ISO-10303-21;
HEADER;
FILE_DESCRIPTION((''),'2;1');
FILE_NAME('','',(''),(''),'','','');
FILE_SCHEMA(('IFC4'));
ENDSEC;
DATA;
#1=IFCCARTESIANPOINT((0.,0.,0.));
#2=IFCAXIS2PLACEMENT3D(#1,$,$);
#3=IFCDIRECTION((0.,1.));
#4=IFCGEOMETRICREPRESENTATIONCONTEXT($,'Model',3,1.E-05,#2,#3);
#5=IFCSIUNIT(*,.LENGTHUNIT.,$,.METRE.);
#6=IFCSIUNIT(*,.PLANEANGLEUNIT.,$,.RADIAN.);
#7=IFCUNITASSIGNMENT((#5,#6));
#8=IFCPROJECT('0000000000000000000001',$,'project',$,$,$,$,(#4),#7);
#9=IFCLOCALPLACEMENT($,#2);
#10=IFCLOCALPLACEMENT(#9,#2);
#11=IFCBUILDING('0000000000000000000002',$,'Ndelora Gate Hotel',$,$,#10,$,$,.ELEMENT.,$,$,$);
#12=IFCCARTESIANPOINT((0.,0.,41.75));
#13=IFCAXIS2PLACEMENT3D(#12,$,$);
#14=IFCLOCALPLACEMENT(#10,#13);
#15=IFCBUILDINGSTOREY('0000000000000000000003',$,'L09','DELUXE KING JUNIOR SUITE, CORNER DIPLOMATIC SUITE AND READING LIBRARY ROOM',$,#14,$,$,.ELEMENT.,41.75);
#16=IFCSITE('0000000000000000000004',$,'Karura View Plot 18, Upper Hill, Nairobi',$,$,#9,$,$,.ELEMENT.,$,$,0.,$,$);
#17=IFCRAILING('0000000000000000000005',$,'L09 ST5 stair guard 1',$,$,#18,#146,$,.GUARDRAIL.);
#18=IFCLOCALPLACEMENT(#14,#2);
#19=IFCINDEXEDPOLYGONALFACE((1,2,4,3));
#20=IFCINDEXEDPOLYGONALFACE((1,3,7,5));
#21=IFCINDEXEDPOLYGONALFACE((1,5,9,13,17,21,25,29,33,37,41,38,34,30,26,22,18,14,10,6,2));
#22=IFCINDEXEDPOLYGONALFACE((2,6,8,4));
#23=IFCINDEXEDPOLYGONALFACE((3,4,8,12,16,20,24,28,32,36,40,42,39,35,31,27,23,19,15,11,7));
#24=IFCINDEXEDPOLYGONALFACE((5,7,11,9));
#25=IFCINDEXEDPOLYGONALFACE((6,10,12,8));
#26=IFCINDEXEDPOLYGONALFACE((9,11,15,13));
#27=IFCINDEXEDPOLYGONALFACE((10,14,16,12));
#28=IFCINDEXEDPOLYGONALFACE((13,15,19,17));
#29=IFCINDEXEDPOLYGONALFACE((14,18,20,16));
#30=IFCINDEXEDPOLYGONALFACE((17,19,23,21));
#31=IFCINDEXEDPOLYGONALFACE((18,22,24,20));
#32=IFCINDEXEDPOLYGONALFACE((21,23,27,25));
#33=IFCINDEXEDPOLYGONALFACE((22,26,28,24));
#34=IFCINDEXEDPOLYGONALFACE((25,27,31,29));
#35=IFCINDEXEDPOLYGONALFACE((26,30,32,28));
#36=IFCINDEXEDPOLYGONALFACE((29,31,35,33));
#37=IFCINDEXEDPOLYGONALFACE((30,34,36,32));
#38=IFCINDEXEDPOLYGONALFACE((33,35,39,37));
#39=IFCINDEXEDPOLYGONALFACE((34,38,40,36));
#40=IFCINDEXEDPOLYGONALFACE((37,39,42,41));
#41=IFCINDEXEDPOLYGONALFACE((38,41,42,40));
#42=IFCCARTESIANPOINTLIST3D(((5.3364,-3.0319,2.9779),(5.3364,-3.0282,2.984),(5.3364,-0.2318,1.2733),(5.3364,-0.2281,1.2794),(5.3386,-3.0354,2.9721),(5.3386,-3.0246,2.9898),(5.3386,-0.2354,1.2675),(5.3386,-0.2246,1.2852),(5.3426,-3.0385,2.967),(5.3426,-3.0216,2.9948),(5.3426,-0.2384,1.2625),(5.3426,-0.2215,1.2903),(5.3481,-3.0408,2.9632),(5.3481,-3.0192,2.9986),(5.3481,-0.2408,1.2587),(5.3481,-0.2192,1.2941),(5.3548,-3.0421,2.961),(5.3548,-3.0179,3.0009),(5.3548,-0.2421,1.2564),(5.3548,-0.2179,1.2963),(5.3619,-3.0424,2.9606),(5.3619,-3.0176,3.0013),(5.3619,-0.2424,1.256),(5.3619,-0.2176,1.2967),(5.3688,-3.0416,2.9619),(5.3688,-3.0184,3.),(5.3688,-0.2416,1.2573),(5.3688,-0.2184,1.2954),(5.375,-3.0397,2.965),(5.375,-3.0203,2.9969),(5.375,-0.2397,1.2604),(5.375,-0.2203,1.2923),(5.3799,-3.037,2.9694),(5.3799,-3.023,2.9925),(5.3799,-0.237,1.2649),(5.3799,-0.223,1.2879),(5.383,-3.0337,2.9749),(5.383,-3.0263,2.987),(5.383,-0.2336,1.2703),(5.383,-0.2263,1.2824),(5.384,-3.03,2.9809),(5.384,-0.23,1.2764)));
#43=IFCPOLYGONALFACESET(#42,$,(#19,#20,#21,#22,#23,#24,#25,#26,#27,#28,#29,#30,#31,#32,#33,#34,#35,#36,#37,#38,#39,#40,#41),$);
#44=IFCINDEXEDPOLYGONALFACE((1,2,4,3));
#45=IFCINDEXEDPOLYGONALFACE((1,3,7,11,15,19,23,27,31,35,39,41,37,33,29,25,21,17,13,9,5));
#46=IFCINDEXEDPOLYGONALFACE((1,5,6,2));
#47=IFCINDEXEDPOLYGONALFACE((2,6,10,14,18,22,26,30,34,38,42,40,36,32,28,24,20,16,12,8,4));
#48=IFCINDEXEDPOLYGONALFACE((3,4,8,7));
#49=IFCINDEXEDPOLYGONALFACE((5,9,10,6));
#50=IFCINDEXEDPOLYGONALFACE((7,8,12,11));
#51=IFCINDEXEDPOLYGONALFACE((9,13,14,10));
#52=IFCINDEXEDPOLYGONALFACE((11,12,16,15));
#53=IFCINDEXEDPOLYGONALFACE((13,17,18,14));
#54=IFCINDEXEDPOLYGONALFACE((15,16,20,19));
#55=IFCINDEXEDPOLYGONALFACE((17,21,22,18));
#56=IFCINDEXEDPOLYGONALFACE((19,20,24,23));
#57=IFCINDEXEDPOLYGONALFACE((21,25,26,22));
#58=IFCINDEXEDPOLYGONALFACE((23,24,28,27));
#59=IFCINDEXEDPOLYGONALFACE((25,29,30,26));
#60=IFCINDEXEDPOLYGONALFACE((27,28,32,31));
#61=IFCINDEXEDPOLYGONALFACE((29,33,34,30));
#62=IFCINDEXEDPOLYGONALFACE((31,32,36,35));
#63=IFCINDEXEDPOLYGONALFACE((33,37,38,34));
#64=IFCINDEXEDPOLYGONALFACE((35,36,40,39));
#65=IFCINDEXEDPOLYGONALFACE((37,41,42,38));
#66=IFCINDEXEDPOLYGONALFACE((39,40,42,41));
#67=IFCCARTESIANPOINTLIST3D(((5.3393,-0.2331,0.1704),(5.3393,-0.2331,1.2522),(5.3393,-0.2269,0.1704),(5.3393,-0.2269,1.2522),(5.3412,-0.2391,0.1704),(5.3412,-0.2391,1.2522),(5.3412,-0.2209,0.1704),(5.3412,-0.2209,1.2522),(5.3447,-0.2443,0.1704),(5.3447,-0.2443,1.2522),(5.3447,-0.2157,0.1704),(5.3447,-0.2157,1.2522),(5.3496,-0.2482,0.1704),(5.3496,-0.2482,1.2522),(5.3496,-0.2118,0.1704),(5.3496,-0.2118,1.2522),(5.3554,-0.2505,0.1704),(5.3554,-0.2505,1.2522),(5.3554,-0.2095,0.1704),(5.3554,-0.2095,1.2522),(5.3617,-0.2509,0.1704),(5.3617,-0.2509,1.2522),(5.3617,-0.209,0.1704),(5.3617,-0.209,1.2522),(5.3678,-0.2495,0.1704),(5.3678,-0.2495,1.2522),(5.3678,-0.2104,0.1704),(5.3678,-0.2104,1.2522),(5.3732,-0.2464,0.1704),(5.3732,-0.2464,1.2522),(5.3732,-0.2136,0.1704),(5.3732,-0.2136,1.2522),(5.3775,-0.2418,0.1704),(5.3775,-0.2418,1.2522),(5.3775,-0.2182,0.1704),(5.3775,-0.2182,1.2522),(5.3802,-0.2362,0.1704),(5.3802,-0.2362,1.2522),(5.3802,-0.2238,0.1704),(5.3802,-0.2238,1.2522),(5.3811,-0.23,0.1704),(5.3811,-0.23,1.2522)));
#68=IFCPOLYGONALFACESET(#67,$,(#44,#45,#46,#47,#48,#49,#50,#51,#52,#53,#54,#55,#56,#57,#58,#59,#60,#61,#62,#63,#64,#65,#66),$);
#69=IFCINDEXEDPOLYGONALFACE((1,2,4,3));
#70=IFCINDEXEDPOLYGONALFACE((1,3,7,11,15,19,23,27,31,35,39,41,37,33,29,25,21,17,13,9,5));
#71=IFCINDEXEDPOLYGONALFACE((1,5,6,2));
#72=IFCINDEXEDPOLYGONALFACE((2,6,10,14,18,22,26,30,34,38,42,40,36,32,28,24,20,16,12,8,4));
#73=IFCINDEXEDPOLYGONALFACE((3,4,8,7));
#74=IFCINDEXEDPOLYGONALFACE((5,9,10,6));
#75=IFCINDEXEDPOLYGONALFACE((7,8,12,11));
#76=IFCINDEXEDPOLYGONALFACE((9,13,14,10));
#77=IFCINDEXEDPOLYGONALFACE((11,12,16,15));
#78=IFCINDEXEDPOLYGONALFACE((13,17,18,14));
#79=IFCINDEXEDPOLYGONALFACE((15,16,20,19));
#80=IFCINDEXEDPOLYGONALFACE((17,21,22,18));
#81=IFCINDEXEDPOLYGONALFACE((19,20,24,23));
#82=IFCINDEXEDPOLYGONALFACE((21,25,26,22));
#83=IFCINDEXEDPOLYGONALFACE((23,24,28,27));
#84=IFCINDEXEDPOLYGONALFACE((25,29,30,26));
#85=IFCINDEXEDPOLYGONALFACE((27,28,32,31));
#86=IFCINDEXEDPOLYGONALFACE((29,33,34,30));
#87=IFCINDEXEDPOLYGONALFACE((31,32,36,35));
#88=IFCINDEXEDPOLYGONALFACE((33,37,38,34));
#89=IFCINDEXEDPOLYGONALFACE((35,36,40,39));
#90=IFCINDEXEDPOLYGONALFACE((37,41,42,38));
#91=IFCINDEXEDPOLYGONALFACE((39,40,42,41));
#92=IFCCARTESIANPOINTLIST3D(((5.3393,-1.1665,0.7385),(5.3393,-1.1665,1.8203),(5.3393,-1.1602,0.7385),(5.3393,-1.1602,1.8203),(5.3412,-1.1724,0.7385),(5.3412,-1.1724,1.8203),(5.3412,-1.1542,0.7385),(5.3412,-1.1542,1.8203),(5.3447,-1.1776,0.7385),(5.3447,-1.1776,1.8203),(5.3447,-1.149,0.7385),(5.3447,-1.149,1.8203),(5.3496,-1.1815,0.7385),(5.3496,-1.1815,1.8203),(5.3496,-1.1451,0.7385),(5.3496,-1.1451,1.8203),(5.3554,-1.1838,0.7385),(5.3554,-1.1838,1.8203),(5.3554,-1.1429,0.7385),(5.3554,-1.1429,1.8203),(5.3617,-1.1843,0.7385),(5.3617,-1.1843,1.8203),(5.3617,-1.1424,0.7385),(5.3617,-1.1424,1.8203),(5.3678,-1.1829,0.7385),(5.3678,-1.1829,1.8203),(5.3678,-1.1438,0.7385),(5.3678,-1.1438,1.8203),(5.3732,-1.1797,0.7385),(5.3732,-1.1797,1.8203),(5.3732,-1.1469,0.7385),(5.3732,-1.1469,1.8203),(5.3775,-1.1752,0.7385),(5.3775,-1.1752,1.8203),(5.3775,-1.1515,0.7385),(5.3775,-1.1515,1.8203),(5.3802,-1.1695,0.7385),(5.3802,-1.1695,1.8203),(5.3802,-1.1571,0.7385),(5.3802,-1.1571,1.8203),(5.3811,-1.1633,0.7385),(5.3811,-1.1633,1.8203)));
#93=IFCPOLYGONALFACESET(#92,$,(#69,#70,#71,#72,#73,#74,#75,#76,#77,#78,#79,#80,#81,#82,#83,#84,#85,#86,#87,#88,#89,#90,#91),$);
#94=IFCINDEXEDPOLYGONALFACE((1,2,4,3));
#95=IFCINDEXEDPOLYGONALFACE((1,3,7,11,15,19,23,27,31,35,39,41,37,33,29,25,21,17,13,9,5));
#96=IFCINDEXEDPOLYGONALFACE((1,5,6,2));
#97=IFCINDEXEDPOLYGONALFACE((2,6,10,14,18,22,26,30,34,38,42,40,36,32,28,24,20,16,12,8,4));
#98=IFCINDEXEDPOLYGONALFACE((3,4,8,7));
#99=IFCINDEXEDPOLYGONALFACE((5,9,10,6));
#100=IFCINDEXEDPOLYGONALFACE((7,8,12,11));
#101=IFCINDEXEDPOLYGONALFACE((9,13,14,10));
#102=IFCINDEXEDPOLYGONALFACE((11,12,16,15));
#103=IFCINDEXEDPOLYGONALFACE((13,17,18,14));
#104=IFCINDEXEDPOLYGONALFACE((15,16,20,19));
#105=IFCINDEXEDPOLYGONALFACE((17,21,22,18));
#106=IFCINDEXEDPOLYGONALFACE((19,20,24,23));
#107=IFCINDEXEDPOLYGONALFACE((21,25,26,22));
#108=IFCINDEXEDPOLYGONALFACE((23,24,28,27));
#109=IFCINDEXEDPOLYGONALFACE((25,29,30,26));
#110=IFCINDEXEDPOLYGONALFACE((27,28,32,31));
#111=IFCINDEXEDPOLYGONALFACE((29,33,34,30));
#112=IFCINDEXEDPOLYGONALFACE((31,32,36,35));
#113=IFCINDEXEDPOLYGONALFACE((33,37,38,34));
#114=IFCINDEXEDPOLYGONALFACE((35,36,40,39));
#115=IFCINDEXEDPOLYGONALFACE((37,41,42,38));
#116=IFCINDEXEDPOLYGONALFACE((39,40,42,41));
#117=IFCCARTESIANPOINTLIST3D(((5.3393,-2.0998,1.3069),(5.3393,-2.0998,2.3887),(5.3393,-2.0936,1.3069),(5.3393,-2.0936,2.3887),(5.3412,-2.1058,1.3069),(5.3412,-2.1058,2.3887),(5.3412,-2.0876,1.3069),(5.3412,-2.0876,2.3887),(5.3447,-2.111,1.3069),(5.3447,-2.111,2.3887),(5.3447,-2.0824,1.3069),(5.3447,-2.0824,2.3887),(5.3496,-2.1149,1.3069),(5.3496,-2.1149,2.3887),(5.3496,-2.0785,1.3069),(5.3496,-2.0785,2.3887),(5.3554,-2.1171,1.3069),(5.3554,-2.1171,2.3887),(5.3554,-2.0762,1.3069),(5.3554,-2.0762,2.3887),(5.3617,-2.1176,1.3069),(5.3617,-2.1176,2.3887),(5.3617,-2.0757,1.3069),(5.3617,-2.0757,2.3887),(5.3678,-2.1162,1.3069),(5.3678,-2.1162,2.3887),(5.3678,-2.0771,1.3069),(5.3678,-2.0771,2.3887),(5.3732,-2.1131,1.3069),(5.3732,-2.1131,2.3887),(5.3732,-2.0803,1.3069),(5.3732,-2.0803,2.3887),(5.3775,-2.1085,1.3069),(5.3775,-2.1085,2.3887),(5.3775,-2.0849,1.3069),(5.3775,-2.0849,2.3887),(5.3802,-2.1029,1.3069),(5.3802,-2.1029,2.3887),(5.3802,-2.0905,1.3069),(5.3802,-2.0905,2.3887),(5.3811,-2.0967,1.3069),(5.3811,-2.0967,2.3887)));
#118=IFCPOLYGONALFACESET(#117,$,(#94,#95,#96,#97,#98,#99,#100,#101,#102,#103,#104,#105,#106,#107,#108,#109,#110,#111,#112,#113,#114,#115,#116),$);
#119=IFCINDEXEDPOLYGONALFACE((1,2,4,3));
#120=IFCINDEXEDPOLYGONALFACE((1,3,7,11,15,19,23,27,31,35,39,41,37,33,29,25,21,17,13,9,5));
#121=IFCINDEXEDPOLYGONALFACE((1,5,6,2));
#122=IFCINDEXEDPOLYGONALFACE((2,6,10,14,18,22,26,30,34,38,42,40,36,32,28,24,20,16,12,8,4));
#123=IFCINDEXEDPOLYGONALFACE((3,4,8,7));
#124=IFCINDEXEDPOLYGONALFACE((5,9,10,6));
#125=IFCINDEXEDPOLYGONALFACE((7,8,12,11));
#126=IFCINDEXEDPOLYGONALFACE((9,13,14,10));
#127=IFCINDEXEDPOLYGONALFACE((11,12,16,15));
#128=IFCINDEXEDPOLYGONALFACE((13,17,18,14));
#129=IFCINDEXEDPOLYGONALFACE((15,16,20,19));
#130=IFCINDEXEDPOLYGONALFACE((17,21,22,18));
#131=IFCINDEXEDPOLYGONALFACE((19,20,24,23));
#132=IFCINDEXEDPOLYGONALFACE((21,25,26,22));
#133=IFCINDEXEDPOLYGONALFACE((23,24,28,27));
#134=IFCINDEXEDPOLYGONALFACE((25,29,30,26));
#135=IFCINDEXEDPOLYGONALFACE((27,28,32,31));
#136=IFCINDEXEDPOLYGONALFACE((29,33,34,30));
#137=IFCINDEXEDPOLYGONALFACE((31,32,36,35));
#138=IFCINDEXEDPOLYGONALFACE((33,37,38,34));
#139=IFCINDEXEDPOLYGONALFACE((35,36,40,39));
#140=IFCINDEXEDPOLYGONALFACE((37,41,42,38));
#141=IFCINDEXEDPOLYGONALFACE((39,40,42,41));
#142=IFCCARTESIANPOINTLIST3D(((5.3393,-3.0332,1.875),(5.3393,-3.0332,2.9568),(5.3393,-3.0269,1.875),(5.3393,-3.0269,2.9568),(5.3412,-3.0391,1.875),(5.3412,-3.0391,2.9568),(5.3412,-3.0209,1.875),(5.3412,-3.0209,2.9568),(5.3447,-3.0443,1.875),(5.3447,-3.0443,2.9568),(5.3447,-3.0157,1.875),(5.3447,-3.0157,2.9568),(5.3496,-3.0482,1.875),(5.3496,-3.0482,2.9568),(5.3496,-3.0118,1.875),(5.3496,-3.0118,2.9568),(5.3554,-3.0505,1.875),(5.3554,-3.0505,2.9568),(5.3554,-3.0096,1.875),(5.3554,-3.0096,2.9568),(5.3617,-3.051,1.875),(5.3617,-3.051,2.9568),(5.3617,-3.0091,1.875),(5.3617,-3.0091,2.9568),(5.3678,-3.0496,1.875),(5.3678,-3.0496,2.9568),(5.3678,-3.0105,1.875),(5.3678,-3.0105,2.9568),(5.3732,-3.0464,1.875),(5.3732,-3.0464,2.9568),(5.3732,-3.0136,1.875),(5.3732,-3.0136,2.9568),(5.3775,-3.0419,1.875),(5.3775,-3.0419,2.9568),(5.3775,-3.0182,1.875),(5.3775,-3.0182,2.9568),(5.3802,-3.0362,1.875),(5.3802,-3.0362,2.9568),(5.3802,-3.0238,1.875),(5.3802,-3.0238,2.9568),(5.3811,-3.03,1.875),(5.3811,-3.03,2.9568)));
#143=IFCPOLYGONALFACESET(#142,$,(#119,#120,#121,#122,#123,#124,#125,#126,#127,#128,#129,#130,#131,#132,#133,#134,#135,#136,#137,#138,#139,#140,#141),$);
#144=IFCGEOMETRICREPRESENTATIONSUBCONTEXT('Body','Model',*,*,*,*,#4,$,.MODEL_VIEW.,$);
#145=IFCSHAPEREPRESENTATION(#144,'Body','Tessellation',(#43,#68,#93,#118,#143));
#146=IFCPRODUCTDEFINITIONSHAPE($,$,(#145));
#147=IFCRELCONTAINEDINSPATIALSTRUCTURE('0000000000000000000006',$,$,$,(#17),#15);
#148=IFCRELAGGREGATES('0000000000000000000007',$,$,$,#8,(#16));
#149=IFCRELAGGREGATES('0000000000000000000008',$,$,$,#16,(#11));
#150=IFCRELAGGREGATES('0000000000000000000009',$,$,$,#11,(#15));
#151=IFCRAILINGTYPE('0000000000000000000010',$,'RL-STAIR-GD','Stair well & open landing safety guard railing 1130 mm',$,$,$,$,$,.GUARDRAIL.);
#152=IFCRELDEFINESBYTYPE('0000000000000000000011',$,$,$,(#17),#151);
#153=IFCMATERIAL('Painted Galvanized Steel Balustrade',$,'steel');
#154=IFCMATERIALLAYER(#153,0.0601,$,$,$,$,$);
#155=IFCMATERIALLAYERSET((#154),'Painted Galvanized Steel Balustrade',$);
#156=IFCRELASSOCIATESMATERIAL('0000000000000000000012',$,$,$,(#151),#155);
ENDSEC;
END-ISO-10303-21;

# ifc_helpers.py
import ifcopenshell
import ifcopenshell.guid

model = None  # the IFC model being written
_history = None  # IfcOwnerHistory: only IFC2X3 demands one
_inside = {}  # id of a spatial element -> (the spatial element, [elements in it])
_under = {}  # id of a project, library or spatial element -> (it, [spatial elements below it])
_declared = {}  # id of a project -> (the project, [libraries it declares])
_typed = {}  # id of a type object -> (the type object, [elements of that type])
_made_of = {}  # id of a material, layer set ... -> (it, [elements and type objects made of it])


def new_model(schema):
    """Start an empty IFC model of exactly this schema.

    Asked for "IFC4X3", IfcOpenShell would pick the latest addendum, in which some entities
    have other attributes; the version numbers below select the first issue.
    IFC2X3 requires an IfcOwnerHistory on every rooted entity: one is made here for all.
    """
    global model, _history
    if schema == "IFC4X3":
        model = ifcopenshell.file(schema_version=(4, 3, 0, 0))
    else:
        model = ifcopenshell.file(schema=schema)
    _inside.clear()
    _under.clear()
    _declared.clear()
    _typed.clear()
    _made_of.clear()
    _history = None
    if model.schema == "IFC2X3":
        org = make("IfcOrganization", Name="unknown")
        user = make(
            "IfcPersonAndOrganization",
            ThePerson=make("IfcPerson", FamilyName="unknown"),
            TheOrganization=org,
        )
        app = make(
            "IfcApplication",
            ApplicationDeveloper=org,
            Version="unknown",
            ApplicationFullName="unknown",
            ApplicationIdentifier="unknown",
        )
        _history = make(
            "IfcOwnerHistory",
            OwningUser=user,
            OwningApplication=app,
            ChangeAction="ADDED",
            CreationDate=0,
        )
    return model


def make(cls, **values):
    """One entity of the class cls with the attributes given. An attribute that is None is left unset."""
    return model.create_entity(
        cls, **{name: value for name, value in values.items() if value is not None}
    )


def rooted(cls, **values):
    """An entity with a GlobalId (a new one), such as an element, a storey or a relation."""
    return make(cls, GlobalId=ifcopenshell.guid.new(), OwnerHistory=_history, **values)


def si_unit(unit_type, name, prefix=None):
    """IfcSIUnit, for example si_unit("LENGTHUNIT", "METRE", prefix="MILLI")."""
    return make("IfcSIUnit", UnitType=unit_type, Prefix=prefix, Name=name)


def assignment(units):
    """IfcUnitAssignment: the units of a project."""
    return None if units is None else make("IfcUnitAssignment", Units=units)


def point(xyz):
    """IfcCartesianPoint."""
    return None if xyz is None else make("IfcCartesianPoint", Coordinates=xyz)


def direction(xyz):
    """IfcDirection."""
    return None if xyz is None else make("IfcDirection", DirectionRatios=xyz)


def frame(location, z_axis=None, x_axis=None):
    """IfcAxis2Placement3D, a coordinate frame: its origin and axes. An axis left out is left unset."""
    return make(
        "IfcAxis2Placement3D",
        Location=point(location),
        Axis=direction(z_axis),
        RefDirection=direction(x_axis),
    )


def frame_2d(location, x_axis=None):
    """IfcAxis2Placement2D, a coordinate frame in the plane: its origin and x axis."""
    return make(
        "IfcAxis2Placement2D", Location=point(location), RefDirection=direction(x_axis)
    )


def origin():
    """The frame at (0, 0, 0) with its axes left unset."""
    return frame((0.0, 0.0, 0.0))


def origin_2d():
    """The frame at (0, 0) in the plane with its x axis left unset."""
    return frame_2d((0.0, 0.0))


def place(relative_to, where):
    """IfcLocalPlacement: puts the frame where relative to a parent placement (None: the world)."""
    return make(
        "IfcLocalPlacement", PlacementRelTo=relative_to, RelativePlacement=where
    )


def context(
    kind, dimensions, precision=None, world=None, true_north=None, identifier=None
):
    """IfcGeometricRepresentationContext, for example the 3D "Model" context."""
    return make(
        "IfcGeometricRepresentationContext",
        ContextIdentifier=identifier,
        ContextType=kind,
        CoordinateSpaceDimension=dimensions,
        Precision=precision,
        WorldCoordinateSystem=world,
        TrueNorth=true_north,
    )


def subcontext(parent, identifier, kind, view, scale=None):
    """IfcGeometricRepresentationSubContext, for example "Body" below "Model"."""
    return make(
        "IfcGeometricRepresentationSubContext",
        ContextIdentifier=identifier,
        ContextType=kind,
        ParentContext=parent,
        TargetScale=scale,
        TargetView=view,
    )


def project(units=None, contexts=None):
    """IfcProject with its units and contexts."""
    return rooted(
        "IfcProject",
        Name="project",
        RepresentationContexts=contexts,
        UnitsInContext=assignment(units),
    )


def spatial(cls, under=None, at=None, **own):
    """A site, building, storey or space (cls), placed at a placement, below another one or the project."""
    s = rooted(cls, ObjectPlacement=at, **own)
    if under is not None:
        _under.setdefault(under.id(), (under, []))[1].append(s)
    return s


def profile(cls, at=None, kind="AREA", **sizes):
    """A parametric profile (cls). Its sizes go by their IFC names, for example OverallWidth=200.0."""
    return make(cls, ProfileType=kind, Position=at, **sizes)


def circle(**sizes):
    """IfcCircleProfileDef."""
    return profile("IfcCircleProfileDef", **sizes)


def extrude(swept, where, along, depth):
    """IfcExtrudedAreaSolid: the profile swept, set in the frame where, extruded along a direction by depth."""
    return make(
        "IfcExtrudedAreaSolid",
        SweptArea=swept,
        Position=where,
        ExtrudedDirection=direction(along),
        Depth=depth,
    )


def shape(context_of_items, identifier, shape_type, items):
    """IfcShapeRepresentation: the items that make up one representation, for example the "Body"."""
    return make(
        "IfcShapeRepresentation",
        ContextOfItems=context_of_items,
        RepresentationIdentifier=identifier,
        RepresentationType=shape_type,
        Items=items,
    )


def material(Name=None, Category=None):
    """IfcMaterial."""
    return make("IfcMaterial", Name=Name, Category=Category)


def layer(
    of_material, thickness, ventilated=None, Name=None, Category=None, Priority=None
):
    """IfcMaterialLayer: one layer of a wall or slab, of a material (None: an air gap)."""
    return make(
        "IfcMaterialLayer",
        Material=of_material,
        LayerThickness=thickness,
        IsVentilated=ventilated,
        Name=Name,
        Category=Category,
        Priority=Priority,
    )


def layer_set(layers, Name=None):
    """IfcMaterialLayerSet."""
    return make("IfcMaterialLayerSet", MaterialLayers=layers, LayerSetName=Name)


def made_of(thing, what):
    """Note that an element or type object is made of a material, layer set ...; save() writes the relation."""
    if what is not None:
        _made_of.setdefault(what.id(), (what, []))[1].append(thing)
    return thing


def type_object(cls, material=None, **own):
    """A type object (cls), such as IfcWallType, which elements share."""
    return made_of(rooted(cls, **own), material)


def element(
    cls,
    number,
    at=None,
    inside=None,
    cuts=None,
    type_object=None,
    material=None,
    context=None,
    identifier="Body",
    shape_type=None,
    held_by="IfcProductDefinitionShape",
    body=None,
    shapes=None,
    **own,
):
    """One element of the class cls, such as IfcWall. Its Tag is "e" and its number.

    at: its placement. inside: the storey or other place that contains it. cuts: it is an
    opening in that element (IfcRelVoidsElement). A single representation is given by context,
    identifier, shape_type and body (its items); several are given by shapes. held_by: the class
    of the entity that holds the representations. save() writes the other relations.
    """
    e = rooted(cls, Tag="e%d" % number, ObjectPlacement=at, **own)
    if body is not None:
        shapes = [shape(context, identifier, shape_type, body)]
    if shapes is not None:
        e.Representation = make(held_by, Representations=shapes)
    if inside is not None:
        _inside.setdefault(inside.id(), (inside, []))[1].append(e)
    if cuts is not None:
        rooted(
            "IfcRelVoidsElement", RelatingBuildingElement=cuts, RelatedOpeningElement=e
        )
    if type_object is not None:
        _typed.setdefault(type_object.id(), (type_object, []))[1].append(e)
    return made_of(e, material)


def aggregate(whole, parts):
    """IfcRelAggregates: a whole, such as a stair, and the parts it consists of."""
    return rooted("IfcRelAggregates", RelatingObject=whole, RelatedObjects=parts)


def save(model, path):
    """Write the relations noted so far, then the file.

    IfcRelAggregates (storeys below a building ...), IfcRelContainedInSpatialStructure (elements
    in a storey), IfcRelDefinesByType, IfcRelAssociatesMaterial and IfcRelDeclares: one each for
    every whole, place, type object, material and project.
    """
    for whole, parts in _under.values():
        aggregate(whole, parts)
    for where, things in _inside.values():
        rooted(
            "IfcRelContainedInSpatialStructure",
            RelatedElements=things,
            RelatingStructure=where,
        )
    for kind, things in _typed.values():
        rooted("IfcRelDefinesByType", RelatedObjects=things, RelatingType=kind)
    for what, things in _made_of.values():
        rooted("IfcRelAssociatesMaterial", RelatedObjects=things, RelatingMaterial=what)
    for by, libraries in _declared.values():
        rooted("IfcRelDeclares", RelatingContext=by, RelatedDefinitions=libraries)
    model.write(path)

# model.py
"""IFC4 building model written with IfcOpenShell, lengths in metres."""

from ifc_helpers import new_model, si_unit, direction, frame, origin, origin_2d, place, context, subcontext, project, spatial, circle, extrude, material, layer, layer_set, type_object, element, save


model = new_model("IFC4")

# Units and contexts
model_context = context("Model", 3, precision=1e-05, world=origin(), true_north=direction((0.0, 1.0)))
body_context = subcontext(model_context, "Body", "Model", "MODEL_VIEW")
ifc_project = project(units=[si_unit("LENGTHUNIT", "METRE"), si_unit("PLANEANGLEUNIT", "RADIAN")], contexts=[model_context])

# Site, building, storey
site_placement = place(None, origin())
site = spatial("IfcSite", under=ifc_project, at=site_placement, Name="Karura View Plot 18, Upper Hill, Nairobi", CompositionType="ELEMENT", RefElevation=0.0)
building_placement = place(site_placement, origin())
building = spatial("IfcBuilding", under=site, at=building_placement, Name="Ndelora Gate Hotel", CompositionType="ELEMENT")
storey_placement = place(building_placement, frame((0.0, 0.0, 41.75)))
storey = spatial("IfcBuildingStorey", under=building, at=storey_placement, Name="L09", Description="DELUXE KING JUNIOR SUITE, CORNER DIPLOMATIC SUITE AND READING LIBRARY ROOM", CompositionType="ELEMENT", Elevation=41.75)

# Railing
ifc_material_1 = material(Name="Painted Galvanized Steel Balustrade", Category="steel")
ifc_layer_1 = layer(ifc_material_1, 0.0601)
ifc_layer_set_1 = layer_set([ifc_layer_1], Name="Painted Galvanized Steel Balustrade")
railing_type_1 = type_object("IfcRailingType", Name="RL-STAIR-GD", Description="Stair well & open landing safety guard railing 1130 mm", PredefinedType="GUARDRAIL", material=ifc_layer_set_1)
railing_1_placement = place(storey_placement, frame((5.3601, -0.23, 0.1704)))
element("IfcRailing", 1, at=railing_1_placement, inside=storey, type_object=railing_type_1, Name="L09 ST5 stair guard 1", PredefinedType="GUARDRAIL", context=body_context, shape_type="SweptSolid", body=[
    extrude(circle(Radius=0.0239, at=origin_2d()), frame((0.0, 0.0, 1.106), z_axis=(0.0, -0.85417, 0.519994), x_axis=(1.0, 0.0, 0.0)), (0.0, 0.0, 1.0), 3.2781),
    extrude(circle(Radius=0.021, at=origin_2d()), origin(), (0.0, 0.0, 1.0), 1.0818),
    extrude(circle(Radius=0.021, at=origin_2d()), frame((0.0, -0.9333, 0.5681)), (0.0, 0.0, 1.0), 1.0818),
    extrude(circle(Radius=0.021, at=origin_2d()), frame((0.0, -1.8667, 1.1365)), (0.0, 0.0, 1.0), 1.0818),
    extrude(circle(Radius=0.021, at=origin_2d()), frame((0.0, -2.8, 1.7046)), (0.0, 0.0, 1.0), 1.0818),
])

save(model, "model.ifc")
